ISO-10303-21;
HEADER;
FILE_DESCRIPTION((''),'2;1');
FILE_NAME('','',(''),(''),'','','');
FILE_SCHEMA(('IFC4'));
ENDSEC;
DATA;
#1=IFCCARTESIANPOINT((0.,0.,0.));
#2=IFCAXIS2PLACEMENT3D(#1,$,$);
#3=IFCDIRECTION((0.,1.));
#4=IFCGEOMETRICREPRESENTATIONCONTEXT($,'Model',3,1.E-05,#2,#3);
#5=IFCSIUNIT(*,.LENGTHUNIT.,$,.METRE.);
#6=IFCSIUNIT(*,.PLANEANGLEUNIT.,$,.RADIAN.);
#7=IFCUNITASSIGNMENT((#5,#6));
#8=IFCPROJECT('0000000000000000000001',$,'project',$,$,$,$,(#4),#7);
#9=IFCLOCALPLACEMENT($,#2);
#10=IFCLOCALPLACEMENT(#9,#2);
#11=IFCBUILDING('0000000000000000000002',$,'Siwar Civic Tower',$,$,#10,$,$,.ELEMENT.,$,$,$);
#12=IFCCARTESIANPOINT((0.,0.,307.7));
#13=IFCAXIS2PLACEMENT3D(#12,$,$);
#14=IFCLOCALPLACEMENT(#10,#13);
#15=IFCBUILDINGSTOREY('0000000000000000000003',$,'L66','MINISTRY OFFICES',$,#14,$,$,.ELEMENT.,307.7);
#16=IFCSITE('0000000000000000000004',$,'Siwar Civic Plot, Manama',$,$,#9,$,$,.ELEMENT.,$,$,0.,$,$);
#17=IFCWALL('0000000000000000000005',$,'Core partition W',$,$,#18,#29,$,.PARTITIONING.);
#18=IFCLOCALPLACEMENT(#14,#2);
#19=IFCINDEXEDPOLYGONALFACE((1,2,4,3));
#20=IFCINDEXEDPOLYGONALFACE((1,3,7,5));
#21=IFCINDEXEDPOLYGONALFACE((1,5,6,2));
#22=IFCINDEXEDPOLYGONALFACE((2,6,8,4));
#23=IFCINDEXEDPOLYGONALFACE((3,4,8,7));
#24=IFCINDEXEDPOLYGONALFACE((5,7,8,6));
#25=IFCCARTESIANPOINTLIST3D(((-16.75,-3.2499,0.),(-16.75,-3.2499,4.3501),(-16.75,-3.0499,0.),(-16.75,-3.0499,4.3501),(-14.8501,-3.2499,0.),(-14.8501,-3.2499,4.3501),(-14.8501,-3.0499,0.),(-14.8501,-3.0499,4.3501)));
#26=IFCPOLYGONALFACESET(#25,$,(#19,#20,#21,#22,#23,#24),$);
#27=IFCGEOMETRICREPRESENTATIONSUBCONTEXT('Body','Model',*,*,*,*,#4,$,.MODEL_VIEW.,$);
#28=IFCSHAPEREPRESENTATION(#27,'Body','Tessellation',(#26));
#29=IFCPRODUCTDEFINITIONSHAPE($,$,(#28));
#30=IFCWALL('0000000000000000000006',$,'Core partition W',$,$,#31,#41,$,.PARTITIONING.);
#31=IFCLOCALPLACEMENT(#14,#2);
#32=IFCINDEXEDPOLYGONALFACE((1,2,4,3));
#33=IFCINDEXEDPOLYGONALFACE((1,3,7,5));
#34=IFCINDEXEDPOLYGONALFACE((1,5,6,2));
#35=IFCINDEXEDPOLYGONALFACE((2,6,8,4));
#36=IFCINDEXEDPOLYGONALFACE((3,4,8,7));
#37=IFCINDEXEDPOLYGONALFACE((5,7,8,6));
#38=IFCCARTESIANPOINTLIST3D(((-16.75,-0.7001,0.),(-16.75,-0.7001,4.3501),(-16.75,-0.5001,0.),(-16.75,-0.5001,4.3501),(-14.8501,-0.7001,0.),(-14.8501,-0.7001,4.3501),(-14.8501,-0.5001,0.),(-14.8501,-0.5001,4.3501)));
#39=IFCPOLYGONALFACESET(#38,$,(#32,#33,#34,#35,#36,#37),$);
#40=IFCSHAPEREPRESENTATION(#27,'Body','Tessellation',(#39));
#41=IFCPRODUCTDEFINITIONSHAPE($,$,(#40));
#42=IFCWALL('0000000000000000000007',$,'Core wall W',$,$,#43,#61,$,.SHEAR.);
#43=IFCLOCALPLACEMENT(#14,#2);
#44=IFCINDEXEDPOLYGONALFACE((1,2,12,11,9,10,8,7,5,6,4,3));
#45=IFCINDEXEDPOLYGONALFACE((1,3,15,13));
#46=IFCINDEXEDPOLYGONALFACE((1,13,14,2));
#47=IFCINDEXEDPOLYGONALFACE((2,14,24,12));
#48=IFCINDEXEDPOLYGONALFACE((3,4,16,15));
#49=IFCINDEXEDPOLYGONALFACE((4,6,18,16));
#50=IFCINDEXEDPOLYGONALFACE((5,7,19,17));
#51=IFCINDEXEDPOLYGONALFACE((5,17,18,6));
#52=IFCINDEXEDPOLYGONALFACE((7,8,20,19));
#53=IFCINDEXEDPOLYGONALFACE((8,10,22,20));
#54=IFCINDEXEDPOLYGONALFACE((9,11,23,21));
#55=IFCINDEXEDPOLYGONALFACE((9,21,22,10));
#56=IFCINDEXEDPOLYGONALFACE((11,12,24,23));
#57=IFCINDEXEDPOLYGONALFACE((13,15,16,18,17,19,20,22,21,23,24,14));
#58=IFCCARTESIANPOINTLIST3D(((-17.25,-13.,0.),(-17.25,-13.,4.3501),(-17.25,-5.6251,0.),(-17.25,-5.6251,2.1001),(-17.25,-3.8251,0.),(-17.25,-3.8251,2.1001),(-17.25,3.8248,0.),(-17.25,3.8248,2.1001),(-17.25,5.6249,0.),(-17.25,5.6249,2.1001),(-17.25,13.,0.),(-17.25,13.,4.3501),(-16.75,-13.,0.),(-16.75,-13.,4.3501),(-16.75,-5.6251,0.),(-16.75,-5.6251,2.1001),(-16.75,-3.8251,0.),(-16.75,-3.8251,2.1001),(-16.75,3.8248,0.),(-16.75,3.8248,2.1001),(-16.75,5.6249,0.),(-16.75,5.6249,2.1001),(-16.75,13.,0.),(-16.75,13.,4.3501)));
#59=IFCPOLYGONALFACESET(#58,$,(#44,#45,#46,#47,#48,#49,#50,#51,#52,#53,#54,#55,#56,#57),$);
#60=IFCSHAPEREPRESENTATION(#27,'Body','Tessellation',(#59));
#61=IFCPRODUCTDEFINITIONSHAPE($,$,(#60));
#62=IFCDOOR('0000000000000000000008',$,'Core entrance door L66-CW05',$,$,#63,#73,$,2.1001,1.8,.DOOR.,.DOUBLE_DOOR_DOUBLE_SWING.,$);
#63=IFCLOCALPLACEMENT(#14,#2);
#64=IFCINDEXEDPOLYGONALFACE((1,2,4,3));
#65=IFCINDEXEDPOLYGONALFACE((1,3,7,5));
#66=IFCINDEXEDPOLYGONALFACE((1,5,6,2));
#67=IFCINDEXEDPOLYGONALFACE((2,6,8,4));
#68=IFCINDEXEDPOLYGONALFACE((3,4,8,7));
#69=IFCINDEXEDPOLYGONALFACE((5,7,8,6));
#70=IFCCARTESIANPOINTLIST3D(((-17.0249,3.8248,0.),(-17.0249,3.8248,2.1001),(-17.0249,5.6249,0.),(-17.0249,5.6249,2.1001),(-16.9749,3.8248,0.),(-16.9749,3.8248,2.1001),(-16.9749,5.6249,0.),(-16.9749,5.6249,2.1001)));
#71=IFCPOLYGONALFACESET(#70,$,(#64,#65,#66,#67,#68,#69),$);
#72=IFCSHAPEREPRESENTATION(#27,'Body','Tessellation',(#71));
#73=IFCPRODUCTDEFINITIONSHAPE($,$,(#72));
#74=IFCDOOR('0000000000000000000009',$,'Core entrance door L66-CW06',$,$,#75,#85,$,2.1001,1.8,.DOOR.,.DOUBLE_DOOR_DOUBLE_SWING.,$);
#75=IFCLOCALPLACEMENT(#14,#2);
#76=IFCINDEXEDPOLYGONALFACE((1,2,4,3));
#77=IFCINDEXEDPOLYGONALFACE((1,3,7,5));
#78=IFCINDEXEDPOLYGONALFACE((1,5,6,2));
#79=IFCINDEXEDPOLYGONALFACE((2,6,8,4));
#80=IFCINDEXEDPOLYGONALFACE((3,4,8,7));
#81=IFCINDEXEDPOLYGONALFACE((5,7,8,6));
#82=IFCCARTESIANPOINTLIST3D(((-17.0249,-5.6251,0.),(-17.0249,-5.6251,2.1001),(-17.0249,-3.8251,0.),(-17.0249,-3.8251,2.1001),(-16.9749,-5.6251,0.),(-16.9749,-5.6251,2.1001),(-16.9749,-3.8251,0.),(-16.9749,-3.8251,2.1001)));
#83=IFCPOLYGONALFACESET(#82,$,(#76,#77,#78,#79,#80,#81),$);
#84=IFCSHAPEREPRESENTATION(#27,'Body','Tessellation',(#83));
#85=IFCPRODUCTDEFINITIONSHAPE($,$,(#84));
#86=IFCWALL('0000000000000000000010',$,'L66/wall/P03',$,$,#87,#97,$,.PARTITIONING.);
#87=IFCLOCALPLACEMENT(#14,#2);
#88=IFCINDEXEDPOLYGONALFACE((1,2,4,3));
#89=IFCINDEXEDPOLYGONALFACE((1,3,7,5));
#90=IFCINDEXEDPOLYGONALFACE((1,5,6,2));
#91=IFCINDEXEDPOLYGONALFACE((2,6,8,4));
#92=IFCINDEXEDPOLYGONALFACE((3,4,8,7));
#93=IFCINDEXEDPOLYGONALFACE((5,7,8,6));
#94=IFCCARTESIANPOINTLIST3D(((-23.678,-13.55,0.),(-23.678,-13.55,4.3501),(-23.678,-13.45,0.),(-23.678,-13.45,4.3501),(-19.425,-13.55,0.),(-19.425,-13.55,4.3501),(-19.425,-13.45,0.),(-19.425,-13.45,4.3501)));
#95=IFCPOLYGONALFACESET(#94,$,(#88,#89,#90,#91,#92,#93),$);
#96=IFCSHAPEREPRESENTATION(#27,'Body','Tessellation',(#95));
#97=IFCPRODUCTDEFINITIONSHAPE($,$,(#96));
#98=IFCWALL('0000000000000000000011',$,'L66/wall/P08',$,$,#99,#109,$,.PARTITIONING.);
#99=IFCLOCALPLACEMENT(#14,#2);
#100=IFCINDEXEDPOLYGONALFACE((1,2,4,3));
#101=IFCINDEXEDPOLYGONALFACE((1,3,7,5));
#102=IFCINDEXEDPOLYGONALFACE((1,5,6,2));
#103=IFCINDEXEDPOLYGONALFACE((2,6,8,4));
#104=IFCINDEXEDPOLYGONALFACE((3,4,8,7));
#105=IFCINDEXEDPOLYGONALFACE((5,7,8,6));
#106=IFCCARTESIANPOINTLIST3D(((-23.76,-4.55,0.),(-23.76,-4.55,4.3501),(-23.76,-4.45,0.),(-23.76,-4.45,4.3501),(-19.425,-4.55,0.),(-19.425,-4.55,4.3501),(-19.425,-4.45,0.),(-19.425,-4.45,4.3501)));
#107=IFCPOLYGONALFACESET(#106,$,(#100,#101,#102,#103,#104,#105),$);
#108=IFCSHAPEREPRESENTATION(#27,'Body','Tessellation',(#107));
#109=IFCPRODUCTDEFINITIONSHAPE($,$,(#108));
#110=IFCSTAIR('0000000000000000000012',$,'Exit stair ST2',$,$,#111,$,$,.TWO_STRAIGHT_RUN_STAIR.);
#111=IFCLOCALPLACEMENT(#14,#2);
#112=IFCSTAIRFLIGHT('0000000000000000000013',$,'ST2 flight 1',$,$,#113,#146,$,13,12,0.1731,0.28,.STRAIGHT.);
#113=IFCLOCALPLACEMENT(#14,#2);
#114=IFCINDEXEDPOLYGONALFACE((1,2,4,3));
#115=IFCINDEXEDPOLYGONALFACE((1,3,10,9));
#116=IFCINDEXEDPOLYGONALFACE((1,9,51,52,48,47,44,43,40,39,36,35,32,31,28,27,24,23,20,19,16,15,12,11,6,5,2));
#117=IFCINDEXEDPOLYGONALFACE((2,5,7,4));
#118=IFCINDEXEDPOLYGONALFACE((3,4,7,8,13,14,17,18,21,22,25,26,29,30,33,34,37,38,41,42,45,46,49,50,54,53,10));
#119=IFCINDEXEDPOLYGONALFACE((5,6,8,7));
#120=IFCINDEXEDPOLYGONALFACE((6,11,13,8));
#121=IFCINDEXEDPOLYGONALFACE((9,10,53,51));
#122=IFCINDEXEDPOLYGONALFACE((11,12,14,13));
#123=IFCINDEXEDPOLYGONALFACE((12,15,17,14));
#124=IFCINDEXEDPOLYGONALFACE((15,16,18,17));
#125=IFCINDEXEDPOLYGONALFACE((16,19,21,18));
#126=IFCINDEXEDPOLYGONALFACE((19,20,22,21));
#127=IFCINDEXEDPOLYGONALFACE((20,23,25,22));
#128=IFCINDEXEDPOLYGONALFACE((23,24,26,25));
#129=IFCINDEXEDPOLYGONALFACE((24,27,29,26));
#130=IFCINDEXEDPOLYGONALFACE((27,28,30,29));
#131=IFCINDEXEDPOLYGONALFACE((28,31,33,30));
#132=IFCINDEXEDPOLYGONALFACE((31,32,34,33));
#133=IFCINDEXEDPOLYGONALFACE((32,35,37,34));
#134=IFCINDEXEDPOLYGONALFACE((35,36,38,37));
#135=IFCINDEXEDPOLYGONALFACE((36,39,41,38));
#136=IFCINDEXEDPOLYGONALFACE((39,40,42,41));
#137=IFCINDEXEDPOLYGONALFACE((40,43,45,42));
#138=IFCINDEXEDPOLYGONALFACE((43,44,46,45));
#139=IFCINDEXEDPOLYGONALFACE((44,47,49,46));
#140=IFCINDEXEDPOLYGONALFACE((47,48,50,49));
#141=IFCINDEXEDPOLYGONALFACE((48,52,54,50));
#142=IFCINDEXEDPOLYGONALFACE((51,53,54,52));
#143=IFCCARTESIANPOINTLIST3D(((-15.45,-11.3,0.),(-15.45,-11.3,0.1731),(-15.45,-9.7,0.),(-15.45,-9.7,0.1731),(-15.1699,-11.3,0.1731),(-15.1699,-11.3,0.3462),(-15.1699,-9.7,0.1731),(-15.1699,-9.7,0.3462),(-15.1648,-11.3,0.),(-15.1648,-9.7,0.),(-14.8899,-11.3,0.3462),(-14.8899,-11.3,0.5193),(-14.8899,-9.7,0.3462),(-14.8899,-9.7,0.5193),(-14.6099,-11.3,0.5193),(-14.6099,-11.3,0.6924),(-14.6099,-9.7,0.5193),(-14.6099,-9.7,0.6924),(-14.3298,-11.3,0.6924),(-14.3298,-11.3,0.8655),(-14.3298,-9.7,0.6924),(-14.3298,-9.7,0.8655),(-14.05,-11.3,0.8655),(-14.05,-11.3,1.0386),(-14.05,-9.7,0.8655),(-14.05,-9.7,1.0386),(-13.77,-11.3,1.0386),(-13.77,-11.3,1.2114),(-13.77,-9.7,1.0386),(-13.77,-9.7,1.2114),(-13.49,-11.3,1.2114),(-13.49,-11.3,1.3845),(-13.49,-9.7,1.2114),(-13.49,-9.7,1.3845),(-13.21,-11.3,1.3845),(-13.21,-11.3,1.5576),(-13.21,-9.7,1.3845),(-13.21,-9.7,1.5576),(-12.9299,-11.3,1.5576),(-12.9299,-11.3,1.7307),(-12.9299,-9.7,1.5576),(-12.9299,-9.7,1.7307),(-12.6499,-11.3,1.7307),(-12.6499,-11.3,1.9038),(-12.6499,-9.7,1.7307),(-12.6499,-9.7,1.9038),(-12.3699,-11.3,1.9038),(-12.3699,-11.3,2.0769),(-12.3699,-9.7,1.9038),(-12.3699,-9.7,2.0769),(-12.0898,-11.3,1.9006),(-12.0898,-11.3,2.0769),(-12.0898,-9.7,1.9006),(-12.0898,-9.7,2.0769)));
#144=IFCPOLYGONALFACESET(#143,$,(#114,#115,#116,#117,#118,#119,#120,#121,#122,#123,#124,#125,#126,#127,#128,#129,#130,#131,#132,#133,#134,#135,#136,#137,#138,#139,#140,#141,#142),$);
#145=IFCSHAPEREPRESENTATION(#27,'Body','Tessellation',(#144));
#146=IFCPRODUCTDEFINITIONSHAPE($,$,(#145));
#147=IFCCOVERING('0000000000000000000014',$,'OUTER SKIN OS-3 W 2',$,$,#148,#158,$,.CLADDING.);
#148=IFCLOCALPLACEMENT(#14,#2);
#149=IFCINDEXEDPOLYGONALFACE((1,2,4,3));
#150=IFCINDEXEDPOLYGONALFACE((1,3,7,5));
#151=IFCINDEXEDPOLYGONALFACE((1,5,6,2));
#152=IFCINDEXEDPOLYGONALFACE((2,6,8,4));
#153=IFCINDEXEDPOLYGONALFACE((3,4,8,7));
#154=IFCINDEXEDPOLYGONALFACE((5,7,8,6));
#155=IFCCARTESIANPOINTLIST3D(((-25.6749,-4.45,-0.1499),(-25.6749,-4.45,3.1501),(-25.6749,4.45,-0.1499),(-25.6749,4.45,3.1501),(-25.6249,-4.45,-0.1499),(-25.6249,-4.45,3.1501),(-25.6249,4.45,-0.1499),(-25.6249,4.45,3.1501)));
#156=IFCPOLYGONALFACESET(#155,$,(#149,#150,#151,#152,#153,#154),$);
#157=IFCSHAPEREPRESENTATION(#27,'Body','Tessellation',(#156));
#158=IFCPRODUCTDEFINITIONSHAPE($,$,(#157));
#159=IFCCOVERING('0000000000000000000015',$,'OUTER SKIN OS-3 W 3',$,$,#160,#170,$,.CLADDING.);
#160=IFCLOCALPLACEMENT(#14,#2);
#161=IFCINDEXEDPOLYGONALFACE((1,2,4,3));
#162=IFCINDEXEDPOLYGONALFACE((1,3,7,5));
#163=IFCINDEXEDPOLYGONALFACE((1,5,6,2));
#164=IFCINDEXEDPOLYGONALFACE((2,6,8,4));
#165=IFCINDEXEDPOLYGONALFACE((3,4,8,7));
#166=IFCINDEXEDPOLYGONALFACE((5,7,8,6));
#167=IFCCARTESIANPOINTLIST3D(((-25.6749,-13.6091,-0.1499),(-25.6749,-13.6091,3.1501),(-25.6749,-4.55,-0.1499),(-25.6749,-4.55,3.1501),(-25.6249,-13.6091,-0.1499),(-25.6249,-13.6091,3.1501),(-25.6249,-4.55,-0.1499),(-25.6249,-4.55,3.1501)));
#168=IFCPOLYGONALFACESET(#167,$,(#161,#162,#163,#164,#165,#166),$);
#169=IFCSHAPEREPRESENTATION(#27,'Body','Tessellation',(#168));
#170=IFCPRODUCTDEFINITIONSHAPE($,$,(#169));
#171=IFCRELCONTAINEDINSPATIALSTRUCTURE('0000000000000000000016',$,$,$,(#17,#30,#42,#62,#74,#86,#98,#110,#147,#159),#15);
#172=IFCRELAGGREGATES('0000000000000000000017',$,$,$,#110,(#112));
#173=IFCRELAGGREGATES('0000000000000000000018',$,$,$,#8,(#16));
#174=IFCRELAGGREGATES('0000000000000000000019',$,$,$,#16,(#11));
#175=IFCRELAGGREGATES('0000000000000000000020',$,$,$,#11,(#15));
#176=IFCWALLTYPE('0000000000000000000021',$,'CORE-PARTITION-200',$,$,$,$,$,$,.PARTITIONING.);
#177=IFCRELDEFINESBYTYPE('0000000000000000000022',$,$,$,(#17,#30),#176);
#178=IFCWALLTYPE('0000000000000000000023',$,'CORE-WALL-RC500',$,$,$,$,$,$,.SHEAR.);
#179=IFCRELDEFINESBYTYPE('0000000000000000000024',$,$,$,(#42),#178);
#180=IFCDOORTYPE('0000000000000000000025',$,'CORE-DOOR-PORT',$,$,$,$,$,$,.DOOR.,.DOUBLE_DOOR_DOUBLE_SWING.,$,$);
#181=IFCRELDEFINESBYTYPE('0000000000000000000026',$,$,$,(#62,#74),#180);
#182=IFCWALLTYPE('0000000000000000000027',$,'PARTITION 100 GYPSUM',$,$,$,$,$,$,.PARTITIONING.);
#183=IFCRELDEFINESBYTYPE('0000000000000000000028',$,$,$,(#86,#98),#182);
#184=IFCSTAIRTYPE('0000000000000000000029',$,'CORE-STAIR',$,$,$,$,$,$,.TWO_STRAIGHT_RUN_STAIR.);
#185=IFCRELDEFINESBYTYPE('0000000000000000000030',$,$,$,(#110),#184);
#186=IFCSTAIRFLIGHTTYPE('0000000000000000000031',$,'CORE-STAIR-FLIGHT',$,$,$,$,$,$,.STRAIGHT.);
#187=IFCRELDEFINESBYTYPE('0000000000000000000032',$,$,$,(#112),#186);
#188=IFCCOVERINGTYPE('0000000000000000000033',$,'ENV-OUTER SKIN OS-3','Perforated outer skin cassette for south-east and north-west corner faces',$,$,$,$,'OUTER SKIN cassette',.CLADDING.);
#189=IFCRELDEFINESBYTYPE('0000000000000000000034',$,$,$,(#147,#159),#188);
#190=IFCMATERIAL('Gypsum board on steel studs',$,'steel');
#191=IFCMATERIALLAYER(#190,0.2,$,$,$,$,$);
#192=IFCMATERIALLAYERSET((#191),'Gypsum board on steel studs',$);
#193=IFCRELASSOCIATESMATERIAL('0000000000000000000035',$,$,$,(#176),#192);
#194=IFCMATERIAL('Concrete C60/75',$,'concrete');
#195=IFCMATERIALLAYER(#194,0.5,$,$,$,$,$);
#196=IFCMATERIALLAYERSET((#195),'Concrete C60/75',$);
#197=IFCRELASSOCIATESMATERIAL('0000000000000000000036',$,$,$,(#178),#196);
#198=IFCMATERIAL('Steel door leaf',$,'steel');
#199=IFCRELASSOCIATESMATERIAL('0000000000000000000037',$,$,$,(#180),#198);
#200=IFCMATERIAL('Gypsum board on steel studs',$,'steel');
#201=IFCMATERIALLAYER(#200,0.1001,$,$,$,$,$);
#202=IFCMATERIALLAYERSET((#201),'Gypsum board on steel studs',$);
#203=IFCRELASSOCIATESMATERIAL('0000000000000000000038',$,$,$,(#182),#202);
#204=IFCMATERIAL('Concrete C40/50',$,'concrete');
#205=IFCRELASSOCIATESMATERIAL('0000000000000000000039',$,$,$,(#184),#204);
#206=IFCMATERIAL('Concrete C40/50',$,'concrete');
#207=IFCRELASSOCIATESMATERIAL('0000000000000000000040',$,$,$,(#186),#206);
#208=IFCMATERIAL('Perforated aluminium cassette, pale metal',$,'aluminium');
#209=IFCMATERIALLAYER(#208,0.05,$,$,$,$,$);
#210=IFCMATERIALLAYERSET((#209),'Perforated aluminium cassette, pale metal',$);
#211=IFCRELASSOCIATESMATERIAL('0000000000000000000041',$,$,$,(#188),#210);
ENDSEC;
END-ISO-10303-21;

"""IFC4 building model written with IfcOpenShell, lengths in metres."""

from ifc_helpers import new_model, si_unit, direction, frame, frame_2d, origin, origin_2d, place, context, subcontext, project, spatial, polyline, rectangle, outline, extrude, material, layer, layer_set, type_object, element, fill, aggregate, save


model = new_model("IFC4")

# Units and contexts
model_context = context("Model", 3, precision=1e-05, world=origin(), true_north=direction((0.0, 1.0)))
body_context = subcontext(model_context, "Body", "Model", "MODEL_VIEW")
ifc_project = project(units=[si_unit("LENGTHUNIT", "METRE"), si_unit("PLANEANGLEUNIT", "RADIAN")], contexts=[model_context])

# Site, building, storey
site_placement = place(None, origin())
site = spatial("IfcSite", under=ifc_project, at=site_placement, Name="Siwar Civic Plot, Manama", CompositionType="ELEMENT", RefElevation=0.0)
building_placement = place(site_placement, origin())
building = spatial("IfcBuilding", under=site, at=building_placement, Name="Siwar Civic Tower", CompositionType="ELEMENT")
storey_placement = place(building_placement, frame((0.0, 0.0, 307.7)))
storey = spatial("IfcBuildingStorey", under=building, at=storey_placement, Name="L66", Description="MINISTRY OFFICES", CompositionType="ELEMENT", Elevation=307.7)

# Shared definitions
ifc_material_1 = material(Name="Gypsum board on steel studs", Category="steel")
ifc_layer_1 = layer(ifc_material_1, 0.2)
ifc_layer_set_1 = layer_set([ifc_layer_1], Name="Gypsum board on steel studs")
wall_type_1 = type_object("IfcWallType", Name="CORE-PARTITION-200", PredefinedType="PARTITIONING", material=ifc_layer_set_1)

# Walls
for number, where, z_axis, x_axis, name in (
    (1, (-14.8501, -3.1499, 0.0), (0.0, 0.0, 1.0), (-1.0, 0.0, 0.0), "Core partition W"),
    (2, (-14.8501, -0.6001, 0.0), (0.0, 0.0, 1.0), (-1.0, 0.0, 0.0), "Core partition W"),
):
    element("IfcWall", number, at=place(storey_placement, frame(where, z_axis=z_axis, x_axis=x_axis)), inside=storey, type_object=wall_type_1, Name=name, PredefinedType="PARTITIONING", context=body_context, shape_type="SweptSolid", body=[
        extrude(rectangle(XDim=1.8999, YDim=0.2, at=frame_2d((0.95, 0.0))), origin(), (0.0, 0.0, 1.0), 4.3501),
    ])

# Wall, openings, doors
ifc_material_2 = material(Name="Concrete C60/75", Category="concrete")
ifc_layer_2 = layer(ifc_material_2, 0.5)
ifc_layer_set_2 = layer_set([ifc_layer_2], Name="Concrete C60/75")
wall_type_2 = type_object("IfcWallType", Name="CORE-WALL-RC500", PredefinedType="SHEAR", material=ifc_layer_set_2)
wall_1_placement = place(storey_placement, frame((-17.0, -13.0, 0.0), z_axis=(0.0, 0.0, 1.0), x_axis=(0.0, 1.0, 0.0)))
wall_1 = element("IfcWall", 3, at=wall_1_placement, inside=storey, type_object=wall_type_2, Name="Core wall W", PredefinedType="SHEAR", context=body_context, shape_type="SweptSolid", body=[
    extrude(rectangle(XDim=26.0, YDim=0.5, at=frame_2d((13.0, 0.0))), origin(), (0.0, 0.0, 1.0), 4.3501),
])
opening_1_placement = place(wall_1_placement, frame((16.825, 0.0, 0.0)))
opening_1 = element("IfcOpeningElement", 4, at=opening_1_placement, cuts=wall_1, PredefinedType="OPENING", context=body_context, shape_type="SweptSolid", body=[
    extrude(rectangle(XDim=1.8, YDim=2.1001, at=frame_2d((0.8999, 1.05))), frame((0.0, 0.26, 0.0), z_axis=(0.0, -1.0, 0.0), x_axis=(1.0, 0.0, 0.0)), (0.0, 0.0, 1.0), 0.52),
])
opening_2_placement = place(wall_1_placement, frame((7.375, 0.0, 0.0)))
opening_2 = element("IfcOpeningElement", 5, at=opening_2_placement, cuts=wall_1, PredefinedType="OPENING", context=body_context, shape_type="SweptSolid", body=[
    extrude(rectangle(XDim=1.8, YDim=2.1001, at=frame_2d((0.8999, 1.05))), frame((0.0, 0.26, 0.0), z_axis=(0.0, -1.0, 0.0), x_axis=(1.0, 0.0, 0.0)), (0.0, 0.0, 1.0), 0.52),
])
ifc_material_3 = material(Name="Steel door leaf", Category="steel")
door_type_1 = type_object("IfcDoorType", Name="CORE-DOOR-PORT", OperationType="DOUBLE_DOOR_DOUBLE_SWING", PredefinedType="DOOR", material=ifc_material_3)
door_1_placement = place(opening_1_placement, origin())
door_1 = element("IfcDoor", 6, at=door_1_placement, inside=storey, type_object=door_type_1, Name="Core entrance door L66-CW05", OperationType="DOUBLE_DOOR_DOUBLE_SWING", OverallHeight=2.1001, OverallWidth=1.8, PredefinedType="DOOR", context=body_context, shape_type="SweptSolid", body=[
    extrude(rectangle(XDim=1.8, YDim=2.1001, at=frame_2d((0.8999, 1.05))), frame((0.0, 0.0249, 0.0), z_axis=(0.0, -1.0, 0.0), x_axis=(1.0, 0.0, 0.0)), (0.0, 0.0, 1.0), 0.05),
])
fill(opening_1, door_1)
door_2_placement = place(opening_2_placement, origin())
door_2 = element("IfcDoor", 7, at=door_2_placement, inside=storey, type_object=door_type_1, Name="Core entrance door L66-CW06", OperationType="DOUBLE_DOOR_DOUBLE_SWING", OverallHeight=2.1001, OverallWidth=1.8, PredefinedType="DOOR", context=body_context, shape_type="SweptSolid", body=[
    extrude(rectangle(XDim=1.8, YDim=2.1001, at=frame_2d((0.8999, 1.05))), frame((0.0, 0.0249, 0.0), z_axis=(0.0, -1.0, 0.0), x_axis=(1.0, 0.0, 0.0)), (0.0, 0.0, 1.0), 0.05),
])
fill(opening_2, door_2)

# Walls
ifc_material_4 = material(Name="Gypsum board on steel studs", Category="steel")
ifc_layer_3 = layer(ifc_material_4, 0.1001)
ifc_layer_set_3 = layer_set([ifc_layer_3], Name="Gypsum board on steel studs")
wall_type_3 = type_object("IfcWallType", Name="PARTITION 100 GYPSUM", PredefinedType="PARTITIONING", material=ifc_layer_set_3)
wall_2_placement = place(storey_placement, frame((-23.678, -13.5, 0.0), z_axis=(0.0, 0.0, 1.0), x_axis=(1.0, 0.0, 0.0)))
element("IfcWall", 8, at=wall_2_placement, inside=storey, type_object=wall_type_3, Name="L66/wall/P03", PredefinedType="PARTITIONING", context=body_context, shape_type="SweptSolid", body=[
    extrude(rectangle(XDim=4.2529, YDim=0.1001, at=frame_2d((2.1265, 0.0))), origin(), (0.0, 0.0, 1.0), 4.3501),
])
wall_3_placement = place(storey_placement, frame((-23.76, -4.5, 0.0), z_axis=(0.0, 0.0, 1.0), x_axis=(1.0, 0.0, 0.0)))
element("IfcWall", 9, at=wall_3_placement, inside=storey, type_object=wall_type_3, Name="L66/wall/P08", PredefinedType="PARTITIONING", context=body_context, shape_type="SweptSolid", body=[
    extrude(rectangle(XDim=4.335, YDim=0.1001, at=frame_2d((2.1675, 0.0))), origin(), (0.0, 0.0, 1.0), 4.3501),
])

# Stair, stair flight
ifc_material_5 = material(Name="Concrete C40/50", Category="concrete")
stair_type = type_object("IfcStairType", Name="CORE-STAIR", PredefinedType="TWO_STRAIGHT_RUN_STAIR", material=ifc_material_5)
stair_placement = place(storey_placement, origin())
stair = element("IfcStair", 10, at=stair_placement, inside=storey, type_object=stair_type, Name="Exit stair ST2", PredefinedType="TWO_STRAIGHT_RUN_STAIR")
ifc_material_6 = material(Name="Concrete C40/50", Category="concrete")
stair_flight_type = type_object("IfcStairFlightType", Name="CORE-STAIR-FLIGHT", PredefinedType="STRAIGHT", material=ifc_material_6)
stair_flight_placement = place(storey_placement, frame((-15.45, -10.5, 0.0), z_axis=(0.0, 0.0, 1.0), x_axis=(1.0, 0.0, 0.0)))
stair_flight = element("IfcStairFlight", 11, at=stair_flight_placement, type_object=stair_flight_type, Name="ST2 flight 1", NumberOfRisers=13, NumberOfTreads=12, PredefinedType="STRAIGHT", RiserHeight=0.1731, TreadLength=0.28, context=body_context, shape_type="SweptSolid", body=[
    extrude(outline(polyline([(0.0, 0.0), (0.0, 0.1731), (0.28, 0.1731), (0.28, 0.3462), (0.5601, 0.3462), (0.5601, 0.5193), (0.8401, 0.5193), (0.8401, 0.6924), (1.1201, 0.6924), (1.1201, 0.8655), (1.3999, 0.8655), (1.3999, 1.0386), (1.6799, 1.0386), (1.6799, 1.2114), (1.96, 1.2114), (1.96, 1.3845), (2.24, 1.3845), (2.24, 1.5576), (2.52, 1.5576), (2.52, 1.7307), (2.8, 1.7307), (2.8, 1.9038), (3.0801, 1.9038), (3.0801, 2.0769), (3.3601, 2.0769), (3.3601, 2.25), (3.3601, 1.9006), (0.2852, 0.0), (0.0, 0.0)])), frame((0.0, 0.8, 0.0), z_axis=(0.0, -1.0, 0.0), x_axis=(1.0, 0.0, 0.0)), (0.0, 0.0, 1.0), 1.6001),
])
aggregate(stair, [stair_flight])

# Coverings
ifc_material_7 = material(Name="Perforated aluminium cassette, pale metal", Category="aluminium")
ifc_layer_4 = layer(ifc_material_7, 0.05)
ifc_layer_set_4 = layer_set([ifc_layer_4], Name="Perforated aluminium cassette, pale metal")
covering_type = type_object("IfcCoveringType", Name="ENV-OUTER SKIN OS-3", Description="Perforated outer skin cassette for south-east and north-west corner faces", ElementType="OUTER SKIN cassette", PredefinedType="CLADDING", material=ifc_layer_set_4)
covering_1_placement = place(storey_placement, frame((-25.6499, 0.0, -0.1499), z_axis=(0.0, 0.0, 1.0), x_axis=(0.0, -1.0, 0.0)))
element("IfcCovering", 12, at=covering_1_placement, inside=storey, type_object=covering_type, Name="OUTER SKIN OS-3 W 2", PredefinedType="CLADDING", context=body_context, shape_type="SweptSolid", body=[
    extrude(rectangle(XDim=8.8999, YDim=0.05, at=origin_2d()), origin(), (0.0, 0.0, 1.0), 3.3),
])
covering_2_placement = place(storey_placement, frame((-25.6499, -9.0796, -0.1499), z_axis=(0.0, 0.0, 1.0), x_axis=(0.0, -1.0, 0.0)))
element("IfcCovering", 13, at=covering_2_placement, inside=storey, type_object=covering_type, Name="OUTER SKIN OS-3 W 3", PredefinedType="CLADDING", context=body_context, shape_type="SweptSolid", body=[
    extrude(rectangle(XDim=9.0591, YDim=0.05, at=origin_2d()), origin(), (0.0, 0.0, 1.0), 3.3),
])

save(model, "model.ifc")
